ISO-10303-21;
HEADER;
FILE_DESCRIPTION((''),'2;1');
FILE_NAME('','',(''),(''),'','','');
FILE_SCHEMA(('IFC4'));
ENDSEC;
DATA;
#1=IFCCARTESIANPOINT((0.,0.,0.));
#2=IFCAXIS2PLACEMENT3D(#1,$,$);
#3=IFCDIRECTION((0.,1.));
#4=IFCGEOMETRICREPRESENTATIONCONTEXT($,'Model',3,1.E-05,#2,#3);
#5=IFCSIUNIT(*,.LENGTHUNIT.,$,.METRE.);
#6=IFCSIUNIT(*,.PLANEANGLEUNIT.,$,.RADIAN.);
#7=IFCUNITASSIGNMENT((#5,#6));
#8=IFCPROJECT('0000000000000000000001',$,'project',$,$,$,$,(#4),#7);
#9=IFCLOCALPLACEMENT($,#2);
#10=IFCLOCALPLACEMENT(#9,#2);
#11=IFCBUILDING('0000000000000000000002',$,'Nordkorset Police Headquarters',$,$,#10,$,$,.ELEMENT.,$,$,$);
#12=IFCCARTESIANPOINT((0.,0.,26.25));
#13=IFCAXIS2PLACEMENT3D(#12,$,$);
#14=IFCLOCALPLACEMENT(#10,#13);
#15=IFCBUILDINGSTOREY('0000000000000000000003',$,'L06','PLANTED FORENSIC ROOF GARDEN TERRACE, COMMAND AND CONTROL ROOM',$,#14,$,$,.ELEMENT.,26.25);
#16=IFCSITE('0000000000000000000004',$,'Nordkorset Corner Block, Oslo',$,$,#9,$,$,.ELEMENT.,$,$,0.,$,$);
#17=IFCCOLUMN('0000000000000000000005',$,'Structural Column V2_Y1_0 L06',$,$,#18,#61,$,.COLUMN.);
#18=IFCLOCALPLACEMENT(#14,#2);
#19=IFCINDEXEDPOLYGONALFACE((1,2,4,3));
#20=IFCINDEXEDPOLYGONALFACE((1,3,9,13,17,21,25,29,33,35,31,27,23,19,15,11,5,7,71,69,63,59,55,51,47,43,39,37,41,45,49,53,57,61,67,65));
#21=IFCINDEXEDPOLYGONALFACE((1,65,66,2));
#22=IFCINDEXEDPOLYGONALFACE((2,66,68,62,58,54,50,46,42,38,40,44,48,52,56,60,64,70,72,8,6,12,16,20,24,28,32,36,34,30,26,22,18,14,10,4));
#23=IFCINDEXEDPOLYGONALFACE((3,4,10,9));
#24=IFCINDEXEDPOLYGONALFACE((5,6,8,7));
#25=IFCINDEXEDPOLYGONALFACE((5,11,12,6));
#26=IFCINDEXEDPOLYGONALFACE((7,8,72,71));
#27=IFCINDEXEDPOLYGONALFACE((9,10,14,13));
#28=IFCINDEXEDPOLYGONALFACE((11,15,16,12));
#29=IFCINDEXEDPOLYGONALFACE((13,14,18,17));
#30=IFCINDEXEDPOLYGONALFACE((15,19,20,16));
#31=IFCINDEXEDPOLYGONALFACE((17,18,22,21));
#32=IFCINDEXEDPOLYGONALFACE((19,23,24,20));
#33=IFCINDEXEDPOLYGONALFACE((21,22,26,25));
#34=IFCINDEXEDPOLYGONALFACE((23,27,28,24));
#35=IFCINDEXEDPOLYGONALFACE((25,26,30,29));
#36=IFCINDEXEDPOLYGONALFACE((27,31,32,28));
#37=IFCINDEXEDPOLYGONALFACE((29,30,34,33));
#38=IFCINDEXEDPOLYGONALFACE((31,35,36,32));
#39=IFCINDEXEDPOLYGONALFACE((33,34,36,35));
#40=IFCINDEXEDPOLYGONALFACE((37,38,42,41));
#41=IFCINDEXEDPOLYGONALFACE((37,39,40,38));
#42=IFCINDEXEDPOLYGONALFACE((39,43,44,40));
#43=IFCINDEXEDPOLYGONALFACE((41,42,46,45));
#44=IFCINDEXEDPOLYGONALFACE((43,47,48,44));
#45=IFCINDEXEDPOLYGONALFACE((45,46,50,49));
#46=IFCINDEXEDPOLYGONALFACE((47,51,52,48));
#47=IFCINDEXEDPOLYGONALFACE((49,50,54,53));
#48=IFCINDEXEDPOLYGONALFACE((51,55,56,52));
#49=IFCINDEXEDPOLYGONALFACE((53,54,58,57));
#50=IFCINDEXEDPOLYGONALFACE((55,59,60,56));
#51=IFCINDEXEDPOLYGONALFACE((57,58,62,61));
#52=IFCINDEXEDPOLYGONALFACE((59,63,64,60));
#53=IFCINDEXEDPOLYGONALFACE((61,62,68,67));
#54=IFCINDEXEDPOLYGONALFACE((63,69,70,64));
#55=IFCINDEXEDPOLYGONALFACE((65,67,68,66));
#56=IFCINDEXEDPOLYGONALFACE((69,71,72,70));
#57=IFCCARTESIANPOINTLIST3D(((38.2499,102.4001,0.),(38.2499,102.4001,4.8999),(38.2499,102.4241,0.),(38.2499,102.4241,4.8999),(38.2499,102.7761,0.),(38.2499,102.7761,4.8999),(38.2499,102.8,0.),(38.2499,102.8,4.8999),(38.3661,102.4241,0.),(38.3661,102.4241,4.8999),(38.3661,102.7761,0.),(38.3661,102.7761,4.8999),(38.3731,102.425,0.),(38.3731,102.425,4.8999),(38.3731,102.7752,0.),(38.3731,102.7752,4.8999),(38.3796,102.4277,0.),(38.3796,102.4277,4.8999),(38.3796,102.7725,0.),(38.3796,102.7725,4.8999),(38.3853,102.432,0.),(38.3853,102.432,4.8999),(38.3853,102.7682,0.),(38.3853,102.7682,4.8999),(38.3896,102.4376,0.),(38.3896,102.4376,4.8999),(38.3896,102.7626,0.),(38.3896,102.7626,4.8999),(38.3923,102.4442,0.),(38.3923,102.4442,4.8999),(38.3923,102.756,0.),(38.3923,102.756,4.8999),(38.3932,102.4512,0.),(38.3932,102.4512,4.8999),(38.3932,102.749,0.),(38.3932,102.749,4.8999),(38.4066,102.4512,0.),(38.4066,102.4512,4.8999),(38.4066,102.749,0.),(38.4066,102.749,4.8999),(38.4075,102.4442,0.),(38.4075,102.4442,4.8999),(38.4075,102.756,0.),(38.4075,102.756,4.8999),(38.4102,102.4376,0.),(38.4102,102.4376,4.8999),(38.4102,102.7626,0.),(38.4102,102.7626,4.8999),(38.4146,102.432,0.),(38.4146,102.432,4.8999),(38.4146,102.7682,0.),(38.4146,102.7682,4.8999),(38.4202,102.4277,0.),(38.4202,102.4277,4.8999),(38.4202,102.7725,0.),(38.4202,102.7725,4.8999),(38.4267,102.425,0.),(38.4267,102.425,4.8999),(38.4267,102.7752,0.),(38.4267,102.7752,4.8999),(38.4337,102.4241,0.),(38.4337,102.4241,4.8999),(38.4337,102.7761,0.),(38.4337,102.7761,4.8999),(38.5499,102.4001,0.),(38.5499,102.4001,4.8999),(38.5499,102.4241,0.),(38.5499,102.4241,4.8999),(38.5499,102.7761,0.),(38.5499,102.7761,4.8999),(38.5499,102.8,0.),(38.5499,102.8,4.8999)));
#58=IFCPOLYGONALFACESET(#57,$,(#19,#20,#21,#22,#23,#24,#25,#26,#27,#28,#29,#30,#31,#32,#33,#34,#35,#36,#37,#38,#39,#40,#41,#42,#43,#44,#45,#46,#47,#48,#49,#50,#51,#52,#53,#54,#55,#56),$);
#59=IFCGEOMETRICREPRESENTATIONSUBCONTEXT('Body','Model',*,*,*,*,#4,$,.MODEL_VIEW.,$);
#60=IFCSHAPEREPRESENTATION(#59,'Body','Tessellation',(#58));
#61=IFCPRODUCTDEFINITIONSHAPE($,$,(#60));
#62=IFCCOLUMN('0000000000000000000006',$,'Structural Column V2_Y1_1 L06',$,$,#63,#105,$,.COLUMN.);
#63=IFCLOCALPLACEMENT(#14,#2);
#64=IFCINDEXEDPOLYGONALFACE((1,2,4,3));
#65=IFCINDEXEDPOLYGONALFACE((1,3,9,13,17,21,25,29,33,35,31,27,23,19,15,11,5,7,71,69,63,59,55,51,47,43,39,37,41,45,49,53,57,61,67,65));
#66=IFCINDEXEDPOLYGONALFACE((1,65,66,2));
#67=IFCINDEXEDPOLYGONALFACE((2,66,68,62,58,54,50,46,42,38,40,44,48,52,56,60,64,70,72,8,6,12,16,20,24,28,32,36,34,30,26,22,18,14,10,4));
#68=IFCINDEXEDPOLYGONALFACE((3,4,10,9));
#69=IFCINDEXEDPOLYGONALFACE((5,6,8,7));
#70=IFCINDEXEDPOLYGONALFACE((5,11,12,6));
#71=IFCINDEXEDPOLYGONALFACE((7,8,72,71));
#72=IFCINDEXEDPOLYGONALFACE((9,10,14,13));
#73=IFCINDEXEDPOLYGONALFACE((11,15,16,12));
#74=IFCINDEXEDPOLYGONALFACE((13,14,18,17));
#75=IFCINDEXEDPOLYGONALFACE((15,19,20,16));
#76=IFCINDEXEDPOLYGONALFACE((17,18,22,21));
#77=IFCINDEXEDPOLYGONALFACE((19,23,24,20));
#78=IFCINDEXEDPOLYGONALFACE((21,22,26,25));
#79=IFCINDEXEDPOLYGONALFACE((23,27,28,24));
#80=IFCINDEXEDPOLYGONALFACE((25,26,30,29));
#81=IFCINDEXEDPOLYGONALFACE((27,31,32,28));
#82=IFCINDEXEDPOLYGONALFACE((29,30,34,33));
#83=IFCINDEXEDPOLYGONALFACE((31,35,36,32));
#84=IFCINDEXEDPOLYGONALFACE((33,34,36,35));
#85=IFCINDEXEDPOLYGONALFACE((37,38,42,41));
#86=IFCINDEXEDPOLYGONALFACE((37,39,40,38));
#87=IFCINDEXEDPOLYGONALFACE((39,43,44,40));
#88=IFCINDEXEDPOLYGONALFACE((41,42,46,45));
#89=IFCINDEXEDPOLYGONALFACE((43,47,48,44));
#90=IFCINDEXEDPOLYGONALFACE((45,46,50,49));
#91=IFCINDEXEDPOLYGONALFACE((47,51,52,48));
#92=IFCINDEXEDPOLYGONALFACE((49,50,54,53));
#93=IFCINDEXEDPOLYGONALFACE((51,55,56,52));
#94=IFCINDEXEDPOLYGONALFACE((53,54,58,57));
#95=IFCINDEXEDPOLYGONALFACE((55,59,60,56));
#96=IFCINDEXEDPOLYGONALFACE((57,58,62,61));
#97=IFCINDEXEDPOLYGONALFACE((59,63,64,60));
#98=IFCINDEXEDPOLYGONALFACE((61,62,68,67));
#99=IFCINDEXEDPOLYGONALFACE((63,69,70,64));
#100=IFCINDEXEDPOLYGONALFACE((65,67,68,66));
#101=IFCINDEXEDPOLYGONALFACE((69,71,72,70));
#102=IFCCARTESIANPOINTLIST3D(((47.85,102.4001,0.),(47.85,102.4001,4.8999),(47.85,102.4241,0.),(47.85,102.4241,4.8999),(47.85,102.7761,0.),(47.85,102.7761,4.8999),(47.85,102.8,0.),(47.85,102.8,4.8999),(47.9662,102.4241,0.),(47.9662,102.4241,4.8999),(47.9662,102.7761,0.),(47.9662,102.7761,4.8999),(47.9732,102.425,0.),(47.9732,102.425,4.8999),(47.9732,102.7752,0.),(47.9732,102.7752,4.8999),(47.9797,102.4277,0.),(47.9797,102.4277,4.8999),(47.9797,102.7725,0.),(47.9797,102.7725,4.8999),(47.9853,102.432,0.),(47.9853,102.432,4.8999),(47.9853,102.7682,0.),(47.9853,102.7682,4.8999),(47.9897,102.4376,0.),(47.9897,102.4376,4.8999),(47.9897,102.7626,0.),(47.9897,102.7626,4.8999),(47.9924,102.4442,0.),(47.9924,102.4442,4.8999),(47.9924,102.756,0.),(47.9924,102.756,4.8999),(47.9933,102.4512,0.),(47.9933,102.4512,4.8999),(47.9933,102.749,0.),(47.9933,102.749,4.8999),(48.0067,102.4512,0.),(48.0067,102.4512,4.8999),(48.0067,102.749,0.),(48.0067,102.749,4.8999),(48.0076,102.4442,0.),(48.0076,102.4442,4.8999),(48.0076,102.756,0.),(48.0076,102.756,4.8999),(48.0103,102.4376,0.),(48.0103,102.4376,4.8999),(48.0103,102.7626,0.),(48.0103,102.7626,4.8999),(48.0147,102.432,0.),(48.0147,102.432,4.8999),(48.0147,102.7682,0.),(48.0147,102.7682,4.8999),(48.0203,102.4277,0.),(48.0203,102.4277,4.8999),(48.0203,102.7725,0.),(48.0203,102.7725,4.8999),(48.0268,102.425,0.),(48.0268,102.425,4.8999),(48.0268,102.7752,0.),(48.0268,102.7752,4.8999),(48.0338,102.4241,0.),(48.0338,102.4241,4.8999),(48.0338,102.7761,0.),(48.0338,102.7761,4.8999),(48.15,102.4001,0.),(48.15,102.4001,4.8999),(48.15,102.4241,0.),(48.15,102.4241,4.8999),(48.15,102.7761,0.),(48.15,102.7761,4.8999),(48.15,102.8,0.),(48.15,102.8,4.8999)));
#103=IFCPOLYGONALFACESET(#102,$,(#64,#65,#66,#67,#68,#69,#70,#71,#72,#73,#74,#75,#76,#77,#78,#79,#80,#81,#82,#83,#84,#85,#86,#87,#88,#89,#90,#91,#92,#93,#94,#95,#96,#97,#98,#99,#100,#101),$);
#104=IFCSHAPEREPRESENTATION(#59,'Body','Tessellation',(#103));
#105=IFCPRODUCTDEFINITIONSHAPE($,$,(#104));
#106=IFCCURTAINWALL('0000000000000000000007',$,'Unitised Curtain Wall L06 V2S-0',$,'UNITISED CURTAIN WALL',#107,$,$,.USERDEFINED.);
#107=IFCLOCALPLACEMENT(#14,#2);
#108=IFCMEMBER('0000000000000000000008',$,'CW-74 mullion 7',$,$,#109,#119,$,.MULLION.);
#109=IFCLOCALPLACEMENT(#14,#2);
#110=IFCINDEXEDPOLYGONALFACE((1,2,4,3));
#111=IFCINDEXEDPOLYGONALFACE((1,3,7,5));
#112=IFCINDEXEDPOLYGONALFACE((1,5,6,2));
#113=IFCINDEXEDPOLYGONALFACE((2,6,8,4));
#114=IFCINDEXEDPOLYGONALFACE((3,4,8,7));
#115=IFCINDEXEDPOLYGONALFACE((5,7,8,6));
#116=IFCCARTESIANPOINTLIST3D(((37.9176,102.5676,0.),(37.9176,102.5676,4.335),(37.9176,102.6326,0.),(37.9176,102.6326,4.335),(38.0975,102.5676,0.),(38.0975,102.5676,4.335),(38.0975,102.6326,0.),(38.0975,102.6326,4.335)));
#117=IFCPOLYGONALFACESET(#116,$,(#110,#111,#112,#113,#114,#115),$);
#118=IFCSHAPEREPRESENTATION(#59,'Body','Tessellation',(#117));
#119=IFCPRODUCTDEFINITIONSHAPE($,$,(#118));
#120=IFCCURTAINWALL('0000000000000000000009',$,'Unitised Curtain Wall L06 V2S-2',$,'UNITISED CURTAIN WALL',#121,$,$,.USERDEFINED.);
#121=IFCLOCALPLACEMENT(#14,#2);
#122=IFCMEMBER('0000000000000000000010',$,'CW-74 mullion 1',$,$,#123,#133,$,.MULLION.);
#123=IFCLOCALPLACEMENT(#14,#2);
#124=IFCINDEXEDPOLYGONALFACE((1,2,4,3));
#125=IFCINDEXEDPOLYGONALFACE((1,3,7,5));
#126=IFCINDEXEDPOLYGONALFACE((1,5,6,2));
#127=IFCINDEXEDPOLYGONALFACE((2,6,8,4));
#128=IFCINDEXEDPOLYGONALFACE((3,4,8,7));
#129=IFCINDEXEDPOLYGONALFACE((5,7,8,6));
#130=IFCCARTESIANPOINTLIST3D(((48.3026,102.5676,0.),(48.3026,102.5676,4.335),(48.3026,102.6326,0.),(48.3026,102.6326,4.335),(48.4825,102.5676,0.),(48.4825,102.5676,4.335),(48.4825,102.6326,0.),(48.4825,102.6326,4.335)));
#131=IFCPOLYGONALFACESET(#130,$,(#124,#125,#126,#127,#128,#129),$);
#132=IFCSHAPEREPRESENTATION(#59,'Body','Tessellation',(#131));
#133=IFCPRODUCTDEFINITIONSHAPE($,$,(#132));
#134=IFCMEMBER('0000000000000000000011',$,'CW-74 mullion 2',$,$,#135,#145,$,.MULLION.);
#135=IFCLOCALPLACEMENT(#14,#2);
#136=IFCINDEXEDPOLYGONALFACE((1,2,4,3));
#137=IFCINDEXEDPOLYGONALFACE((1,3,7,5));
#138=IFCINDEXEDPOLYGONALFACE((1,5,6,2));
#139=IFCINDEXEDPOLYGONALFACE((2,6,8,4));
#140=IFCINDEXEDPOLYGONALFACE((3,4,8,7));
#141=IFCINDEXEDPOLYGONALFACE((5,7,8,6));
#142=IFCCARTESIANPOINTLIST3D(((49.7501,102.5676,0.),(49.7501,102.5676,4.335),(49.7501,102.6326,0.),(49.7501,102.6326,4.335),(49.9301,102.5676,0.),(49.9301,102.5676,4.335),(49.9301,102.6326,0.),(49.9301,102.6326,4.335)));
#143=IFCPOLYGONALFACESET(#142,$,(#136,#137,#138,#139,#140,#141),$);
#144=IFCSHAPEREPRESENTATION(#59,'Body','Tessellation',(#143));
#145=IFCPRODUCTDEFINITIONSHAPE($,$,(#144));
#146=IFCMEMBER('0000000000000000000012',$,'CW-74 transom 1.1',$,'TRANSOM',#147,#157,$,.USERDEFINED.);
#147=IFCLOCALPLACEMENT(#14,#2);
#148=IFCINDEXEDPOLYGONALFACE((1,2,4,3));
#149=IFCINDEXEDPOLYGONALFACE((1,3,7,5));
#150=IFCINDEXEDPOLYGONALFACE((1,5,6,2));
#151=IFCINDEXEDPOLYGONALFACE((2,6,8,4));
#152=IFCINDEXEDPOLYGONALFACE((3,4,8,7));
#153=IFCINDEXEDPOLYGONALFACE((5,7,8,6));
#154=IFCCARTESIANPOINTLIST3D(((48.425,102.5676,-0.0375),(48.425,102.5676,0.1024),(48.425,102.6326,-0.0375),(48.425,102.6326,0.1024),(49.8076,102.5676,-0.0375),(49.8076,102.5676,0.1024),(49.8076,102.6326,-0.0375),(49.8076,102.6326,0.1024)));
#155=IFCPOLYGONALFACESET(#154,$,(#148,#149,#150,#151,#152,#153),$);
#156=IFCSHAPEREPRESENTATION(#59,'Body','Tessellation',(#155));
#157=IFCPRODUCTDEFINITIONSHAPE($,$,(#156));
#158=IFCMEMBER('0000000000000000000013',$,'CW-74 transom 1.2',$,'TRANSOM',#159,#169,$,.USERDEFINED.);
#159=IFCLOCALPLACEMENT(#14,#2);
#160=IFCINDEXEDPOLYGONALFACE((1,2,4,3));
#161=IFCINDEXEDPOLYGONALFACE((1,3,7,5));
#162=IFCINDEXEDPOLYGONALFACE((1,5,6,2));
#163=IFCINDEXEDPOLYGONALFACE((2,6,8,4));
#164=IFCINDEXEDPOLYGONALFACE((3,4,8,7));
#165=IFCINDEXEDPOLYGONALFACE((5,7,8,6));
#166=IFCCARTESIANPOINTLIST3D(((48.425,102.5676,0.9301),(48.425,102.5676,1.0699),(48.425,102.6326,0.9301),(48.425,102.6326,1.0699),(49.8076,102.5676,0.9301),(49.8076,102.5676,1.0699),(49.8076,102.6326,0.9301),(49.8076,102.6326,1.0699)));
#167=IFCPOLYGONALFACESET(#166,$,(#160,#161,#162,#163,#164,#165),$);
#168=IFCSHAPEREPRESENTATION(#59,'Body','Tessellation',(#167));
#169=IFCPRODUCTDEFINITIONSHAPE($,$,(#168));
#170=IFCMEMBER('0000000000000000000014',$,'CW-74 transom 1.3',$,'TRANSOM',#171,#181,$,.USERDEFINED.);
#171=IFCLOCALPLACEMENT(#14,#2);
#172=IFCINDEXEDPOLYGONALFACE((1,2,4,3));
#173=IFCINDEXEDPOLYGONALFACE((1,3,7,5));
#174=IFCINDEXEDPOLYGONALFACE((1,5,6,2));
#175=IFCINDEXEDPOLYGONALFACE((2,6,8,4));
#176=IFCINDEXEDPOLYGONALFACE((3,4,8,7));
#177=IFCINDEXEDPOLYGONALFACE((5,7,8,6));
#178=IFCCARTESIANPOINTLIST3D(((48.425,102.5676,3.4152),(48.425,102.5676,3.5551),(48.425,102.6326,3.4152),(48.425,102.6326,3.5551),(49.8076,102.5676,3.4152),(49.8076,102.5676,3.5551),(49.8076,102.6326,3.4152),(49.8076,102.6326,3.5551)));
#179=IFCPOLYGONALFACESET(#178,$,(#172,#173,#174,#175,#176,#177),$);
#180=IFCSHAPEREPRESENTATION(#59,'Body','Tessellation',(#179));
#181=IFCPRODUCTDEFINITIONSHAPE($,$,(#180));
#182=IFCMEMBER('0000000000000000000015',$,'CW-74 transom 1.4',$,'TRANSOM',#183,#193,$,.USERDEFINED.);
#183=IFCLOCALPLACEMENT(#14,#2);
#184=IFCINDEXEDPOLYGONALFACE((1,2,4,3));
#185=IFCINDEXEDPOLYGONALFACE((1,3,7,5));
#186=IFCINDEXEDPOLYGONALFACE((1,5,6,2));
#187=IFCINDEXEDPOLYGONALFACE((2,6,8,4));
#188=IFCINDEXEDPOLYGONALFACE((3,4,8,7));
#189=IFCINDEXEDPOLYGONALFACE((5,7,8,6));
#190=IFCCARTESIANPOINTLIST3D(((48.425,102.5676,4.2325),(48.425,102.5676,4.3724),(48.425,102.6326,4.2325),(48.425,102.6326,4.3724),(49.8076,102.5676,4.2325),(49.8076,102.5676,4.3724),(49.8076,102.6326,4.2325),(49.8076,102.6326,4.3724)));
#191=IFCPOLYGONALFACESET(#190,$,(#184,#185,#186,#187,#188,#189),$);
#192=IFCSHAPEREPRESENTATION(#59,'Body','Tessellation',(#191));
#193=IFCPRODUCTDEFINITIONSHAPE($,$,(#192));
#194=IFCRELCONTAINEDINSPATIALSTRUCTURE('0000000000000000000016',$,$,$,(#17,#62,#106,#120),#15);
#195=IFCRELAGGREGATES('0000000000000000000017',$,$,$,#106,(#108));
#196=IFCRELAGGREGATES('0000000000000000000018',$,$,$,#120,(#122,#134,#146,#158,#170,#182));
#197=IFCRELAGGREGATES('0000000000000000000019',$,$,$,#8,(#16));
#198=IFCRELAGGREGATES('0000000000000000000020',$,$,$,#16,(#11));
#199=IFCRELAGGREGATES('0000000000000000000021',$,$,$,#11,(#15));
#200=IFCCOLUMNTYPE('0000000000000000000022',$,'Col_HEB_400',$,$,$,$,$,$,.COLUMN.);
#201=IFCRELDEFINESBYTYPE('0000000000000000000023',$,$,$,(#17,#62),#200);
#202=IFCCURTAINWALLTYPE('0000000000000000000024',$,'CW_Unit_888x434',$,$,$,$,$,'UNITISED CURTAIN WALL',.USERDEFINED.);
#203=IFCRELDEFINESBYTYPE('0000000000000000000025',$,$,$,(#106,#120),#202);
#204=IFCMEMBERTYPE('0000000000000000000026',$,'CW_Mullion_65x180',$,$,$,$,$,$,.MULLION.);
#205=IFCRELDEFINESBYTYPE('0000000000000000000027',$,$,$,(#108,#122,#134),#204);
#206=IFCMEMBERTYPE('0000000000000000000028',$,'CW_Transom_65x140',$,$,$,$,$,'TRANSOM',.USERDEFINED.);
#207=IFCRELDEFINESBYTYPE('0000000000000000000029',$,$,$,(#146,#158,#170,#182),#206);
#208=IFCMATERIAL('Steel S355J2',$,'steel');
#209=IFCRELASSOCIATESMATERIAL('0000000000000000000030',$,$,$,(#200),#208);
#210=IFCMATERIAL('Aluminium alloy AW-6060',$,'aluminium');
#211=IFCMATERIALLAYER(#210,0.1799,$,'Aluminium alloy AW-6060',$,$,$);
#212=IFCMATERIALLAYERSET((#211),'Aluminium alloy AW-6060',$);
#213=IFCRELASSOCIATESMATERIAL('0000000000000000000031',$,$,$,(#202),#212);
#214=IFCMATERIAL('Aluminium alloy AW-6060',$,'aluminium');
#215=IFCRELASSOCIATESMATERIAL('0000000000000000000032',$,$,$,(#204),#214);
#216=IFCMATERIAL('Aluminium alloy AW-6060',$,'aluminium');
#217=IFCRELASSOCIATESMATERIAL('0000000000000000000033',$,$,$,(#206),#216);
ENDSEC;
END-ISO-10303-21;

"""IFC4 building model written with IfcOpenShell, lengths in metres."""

from ifc_helpers import new_model, si_unit, direction, frame, origin, origin_2d, place, context, subcontext, project, spatial, rectangle, i_section, extrude, material, layer, layer_set, material_profile, profile_set, type_object, element, aggregate, save


model = new_model("IFC4")

# Units and contexts
model_context = context("Model", 3, precision=1e-05, world=origin(), true_north=direction((0.0, 1.0)))
body_context = subcontext(model_context, "Body", "Model", "MODEL_VIEW")
ifc_project = project(units=[si_unit("LENGTHUNIT", "METRE"), si_unit("PLANEANGLEUNIT", "RADIAN")], contexts=[model_context])

# Site, building, storey
site_placement = place(None, origin())
site = spatial("IfcSite", under=ifc_project, at=site_placement, Name="Nordkorset Corner Block, Oslo", CompositionType="ELEMENT", RefElevation=0.0)
building_placement = place(site_placement, origin())
building = spatial("IfcBuilding", under=site, at=building_placement, Name="Nordkorset Police Headquarters", CompositionType="ELEMENT")
storey_placement = place(building_placement, frame((0.0, 0.0, 26.25)))
storey = spatial("IfcBuildingStorey", under=building, at=storey_placement, Name="L06", Description="PLANTED FORENSIC ROOF GARDEN TERRACE, COMMAND AND CONTROL ROOM", CompositionType="ELEMENT", Elevation=26.25)

# Columns
ifc_material_1 = material(Name="Steel S355J2", Category="steel")
ifc_material_profile_1 = material_profile(ifc_material_1, i_section(OverallWidth=0.3, OverallDepth=0.3999, WebThickness=0.0134, FlangeThickness=0.0239, FilletRadius=0.0271, at=origin_2d()), Name="HEB 400")
ifc_profile_set_1 = profile_set([ifc_material_profile_1], Name="Steel S355J2")
column_type = type_object("IfcColumnType", Name="Col_HEB_400", PredefinedType="COLUMN", material=ifc_profile_set_1)
for number, where, z_axis, x_axis, name in (
    (1, (38.3999, 102.6001, 0.0), (0.0, 0.0, 1.0), (1.0, 0.0, 0.0), "Structural Column V2_Y1_0 L06"),
    (2, (48.0, 102.6001, 0.0), (0.0, 0.0, 1.0), (1.0, 0.0, 0.0), "Structural Column V2_Y1_1 L06"),
):
    element("IfcColumn", number, at=place(storey_placement, frame(where, z_axis=z_axis, x_axis=x_axis)), inside=storey, type_object=column_type, Name=name, PredefinedType="COLUMN", context=body_context, shape_type="SweptSolid", body=[
        extrude(i_section(OverallWidth=0.3, OverallDepth=0.3999, WebThickness=0.0134, FlangeThickness=0.0239, FilletRadius=0.0271, at=origin_2d()), origin(), (0.0, 0.0, 1.0), 4.8999),
    ])

# Curtain wall, member
ifc_material_2 = material(Name="Aluminium alloy AW-6060", Category="aluminium")
ifc_layer_1 = layer(ifc_material_2, 0.1799, Name="Aluminium alloy AW-6060")
ifc_layer_set_1 = layer_set([ifc_layer_1], Name="Aluminium alloy AW-6060")
curtain_wall_type = type_object("IfcCurtainWallType", Name="CW_Unit_888x434", ElementType="UNITISED CURTAIN WALL", PredefinedType="USERDEFINED", material=ifc_layer_set_1)
curtain_wall_1_placement = place(storey_placement, origin())
curtain_wall_1 = element("IfcCurtainWall", 3, at=curtain_wall_1_placement, inside=storey, type_object=curtain_wall_type, Name="Unitised Curtain Wall L06 V2S-0", ObjectType="UNITISED CURTAIN WALL", PredefinedType="USERDEFINED")
ifc_material_3 = material(Name="Aluminium alloy AW-6060", Category="aluminium")
ifc_material_profile_2 = material_profile(ifc_material_3, rectangle(XDim=0.0649, YDim=0.1799, at=origin_2d()), Name="ALU MULL 65x180")
ifc_profile_set_2 = profile_set([ifc_material_profile_2], Name="Aluminium alloy AW-6060")
member_type_1 = type_object("IfcMemberType", Name="CW_Mullion_65x180", PredefinedType="MULLION", material=ifc_profile_set_2)
member_1_placement = place(storey_placement, frame((38.0076, 102.6001, 0.0), z_axis=(0.0, 0.0, 1.0), x_axis=(0.0, 1.0, 0.0)))
member_1 = element("IfcMember", 4, at=member_1_placement, type_object=member_type_1, Name="CW-74 mullion 7", PredefinedType="MULLION", context=body_context, shape_type="SweptSolid", body=[
    extrude(rectangle(XDim=0.0649, YDim=0.1799, at=origin_2d()), origin(), (0.0, 0.0, 1.0), 4.335),
])

# Curtain wall, members
curtain_wall_2_placement = place(storey_placement, origin())
curtain_wall_2 = element("IfcCurtainWall", 5, at=curtain_wall_2_placement, inside=storey, type_object=curtain_wall_type, Name="Unitised Curtain Wall L06 V2S-2", ObjectType="UNITISED CURTAIN WALL", PredefinedType="USERDEFINED")
member_2_placement = place(storey_placement, frame((48.3926, 102.6001, 0.0), z_axis=(0.0, 0.0, 1.0), x_axis=(0.0, 1.0, 0.0)))
member_2 = element("IfcMember", 6, at=member_2_placement, type_object=member_type_1, Name="CW-74 mullion 1", PredefinedType="MULLION", context=body_context, shape_type="SweptSolid", body=[
    extrude(rectangle(XDim=0.0649, YDim=0.1799, at=origin_2d()), origin(), (0.0, 0.0, 1.0), 4.335),
])
member_3_placement = place(storey_placement, frame((49.8401, 102.6001, 0.0), z_axis=(0.0, 0.0, 1.0), x_axis=(0.0, 1.0, 0.0)))
member_3 = element("IfcMember", 7, at=member_3_placement, type_object=member_type_1, Name="CW-74 mullion 2", PredefinedType="MULLION", context=body_context, shape_type="SweptSolid", body=[
    extrude(rectangle(XDim=0.0649, YDim=0.1799, at=origin_2d()), origin(), (0.0, 0.0, 1.0), 4.335),
])
ifc_material_4 = material(Name="Aluminium alloy AW-6060", Category="aluminium")
ifc_material_profile_3 = material_profile(ifc_material_4, rectangle(XDim=0.0649, YDim=0.1399, at=origin_2d()), Name="ALU TRAN 65x140")
ifc_profile_set_3 = profile_set([ifc_material_profile_3], Name="Aluminium alloy AW-6060")
member_type_2 = type_object("IfcMemberType", Name="CW_Transom_65x140", ElementType="TRANSOM", PredefinedType="USERDEFINED", material=ifc_profile_set_3)
member_4_placement = place(storey_placement, frame((48.425, 102.6001, 0.0325), z_axis=(1.0, 0.0, 0.0), x_axis=(0.0, 1.0, 0.0)))
member_4 = element("IfcMember", 8, at=member_4_placement, type_object=member_type_2, Name="CW-74 transom 1.1", ObjectType="TRANSOM", PredefinedType="USERDEFINED", context=body_context, shape_type="SweptSolid", body=[
    extrude(rectangle(XDim=0.0649, YDim=0.1399, at=origin_2d()), origin(), (0.0, 0.0, 1.0), 1.3826),
])
member_5_placement = place(storey_placement, frame((48.425, 102.6001, 1.0), z_axis=(1.0, 0.0, 0.0), x_axis=(0.0, 1.0, 0.0)))
member_5 = element("IfcMember", 9, at=member_5_placement, type_object=member_type_2, Name="CW-74 transom 1.2", ObjectType="TRANSOM", PredefinedType="USERDEFINED", context=body_context, shape_type="SweptSolid", body=[
    extrude(rectangle(XDim=0.0649, YDim=0.1399, at=origin_2d()), origin(), (0.0, 0.0, 1.0), 1.3826),
])
member_6_placement = place(storey_placement, frame((48.425, 102.6001, 3.4851), z_axis=(1.0, 0.0, 0.0), x_axis=(0.0, 1.0, 0.0)))
member_6 = element("IfcMember", 10, at=member_6_placement, type_object=member_type_2, Name="CW-74 transom 1.3", ObjectType="TRANSOM", PredefinedType="USERDEFINED", context=body_context, shape_type="SweptSolid", body=[
    extrude(rectangle(XDim=0.0649, YDim=0.1399, at=origin_2d()), origin(), (0.0, 0.0, 1.0), 1.3826),
])
member_7_placement = place(storey_placement, frame((48.425, 102.6001, 4.3025), z_axis=(1.0, 0.0, 0.0), x_axis=(0.0, 1.0, 0.0)))
member_7 = element("IfcMember", 11, at=member_7_placement, type_object=member_type_2, Name="CW-74 transom 1.4", ObjectType="TRANSOM", PredefinedType="USERDEFINED", context=body_context, shape_type="SweptSolid", body=[
    extrude(rectangle(XDim=0.0649, YDim=0.1399, at=origin_2d()), origin(), (0.0, 0.0, 1.0), 1.3826),
])

aggregate(curtain_wall_1, [member_1])
aggregate(curtain_wall_2, [member_2, member_3, member_4, member_5, member_6, member_7])

save(model, "model.ifc")
